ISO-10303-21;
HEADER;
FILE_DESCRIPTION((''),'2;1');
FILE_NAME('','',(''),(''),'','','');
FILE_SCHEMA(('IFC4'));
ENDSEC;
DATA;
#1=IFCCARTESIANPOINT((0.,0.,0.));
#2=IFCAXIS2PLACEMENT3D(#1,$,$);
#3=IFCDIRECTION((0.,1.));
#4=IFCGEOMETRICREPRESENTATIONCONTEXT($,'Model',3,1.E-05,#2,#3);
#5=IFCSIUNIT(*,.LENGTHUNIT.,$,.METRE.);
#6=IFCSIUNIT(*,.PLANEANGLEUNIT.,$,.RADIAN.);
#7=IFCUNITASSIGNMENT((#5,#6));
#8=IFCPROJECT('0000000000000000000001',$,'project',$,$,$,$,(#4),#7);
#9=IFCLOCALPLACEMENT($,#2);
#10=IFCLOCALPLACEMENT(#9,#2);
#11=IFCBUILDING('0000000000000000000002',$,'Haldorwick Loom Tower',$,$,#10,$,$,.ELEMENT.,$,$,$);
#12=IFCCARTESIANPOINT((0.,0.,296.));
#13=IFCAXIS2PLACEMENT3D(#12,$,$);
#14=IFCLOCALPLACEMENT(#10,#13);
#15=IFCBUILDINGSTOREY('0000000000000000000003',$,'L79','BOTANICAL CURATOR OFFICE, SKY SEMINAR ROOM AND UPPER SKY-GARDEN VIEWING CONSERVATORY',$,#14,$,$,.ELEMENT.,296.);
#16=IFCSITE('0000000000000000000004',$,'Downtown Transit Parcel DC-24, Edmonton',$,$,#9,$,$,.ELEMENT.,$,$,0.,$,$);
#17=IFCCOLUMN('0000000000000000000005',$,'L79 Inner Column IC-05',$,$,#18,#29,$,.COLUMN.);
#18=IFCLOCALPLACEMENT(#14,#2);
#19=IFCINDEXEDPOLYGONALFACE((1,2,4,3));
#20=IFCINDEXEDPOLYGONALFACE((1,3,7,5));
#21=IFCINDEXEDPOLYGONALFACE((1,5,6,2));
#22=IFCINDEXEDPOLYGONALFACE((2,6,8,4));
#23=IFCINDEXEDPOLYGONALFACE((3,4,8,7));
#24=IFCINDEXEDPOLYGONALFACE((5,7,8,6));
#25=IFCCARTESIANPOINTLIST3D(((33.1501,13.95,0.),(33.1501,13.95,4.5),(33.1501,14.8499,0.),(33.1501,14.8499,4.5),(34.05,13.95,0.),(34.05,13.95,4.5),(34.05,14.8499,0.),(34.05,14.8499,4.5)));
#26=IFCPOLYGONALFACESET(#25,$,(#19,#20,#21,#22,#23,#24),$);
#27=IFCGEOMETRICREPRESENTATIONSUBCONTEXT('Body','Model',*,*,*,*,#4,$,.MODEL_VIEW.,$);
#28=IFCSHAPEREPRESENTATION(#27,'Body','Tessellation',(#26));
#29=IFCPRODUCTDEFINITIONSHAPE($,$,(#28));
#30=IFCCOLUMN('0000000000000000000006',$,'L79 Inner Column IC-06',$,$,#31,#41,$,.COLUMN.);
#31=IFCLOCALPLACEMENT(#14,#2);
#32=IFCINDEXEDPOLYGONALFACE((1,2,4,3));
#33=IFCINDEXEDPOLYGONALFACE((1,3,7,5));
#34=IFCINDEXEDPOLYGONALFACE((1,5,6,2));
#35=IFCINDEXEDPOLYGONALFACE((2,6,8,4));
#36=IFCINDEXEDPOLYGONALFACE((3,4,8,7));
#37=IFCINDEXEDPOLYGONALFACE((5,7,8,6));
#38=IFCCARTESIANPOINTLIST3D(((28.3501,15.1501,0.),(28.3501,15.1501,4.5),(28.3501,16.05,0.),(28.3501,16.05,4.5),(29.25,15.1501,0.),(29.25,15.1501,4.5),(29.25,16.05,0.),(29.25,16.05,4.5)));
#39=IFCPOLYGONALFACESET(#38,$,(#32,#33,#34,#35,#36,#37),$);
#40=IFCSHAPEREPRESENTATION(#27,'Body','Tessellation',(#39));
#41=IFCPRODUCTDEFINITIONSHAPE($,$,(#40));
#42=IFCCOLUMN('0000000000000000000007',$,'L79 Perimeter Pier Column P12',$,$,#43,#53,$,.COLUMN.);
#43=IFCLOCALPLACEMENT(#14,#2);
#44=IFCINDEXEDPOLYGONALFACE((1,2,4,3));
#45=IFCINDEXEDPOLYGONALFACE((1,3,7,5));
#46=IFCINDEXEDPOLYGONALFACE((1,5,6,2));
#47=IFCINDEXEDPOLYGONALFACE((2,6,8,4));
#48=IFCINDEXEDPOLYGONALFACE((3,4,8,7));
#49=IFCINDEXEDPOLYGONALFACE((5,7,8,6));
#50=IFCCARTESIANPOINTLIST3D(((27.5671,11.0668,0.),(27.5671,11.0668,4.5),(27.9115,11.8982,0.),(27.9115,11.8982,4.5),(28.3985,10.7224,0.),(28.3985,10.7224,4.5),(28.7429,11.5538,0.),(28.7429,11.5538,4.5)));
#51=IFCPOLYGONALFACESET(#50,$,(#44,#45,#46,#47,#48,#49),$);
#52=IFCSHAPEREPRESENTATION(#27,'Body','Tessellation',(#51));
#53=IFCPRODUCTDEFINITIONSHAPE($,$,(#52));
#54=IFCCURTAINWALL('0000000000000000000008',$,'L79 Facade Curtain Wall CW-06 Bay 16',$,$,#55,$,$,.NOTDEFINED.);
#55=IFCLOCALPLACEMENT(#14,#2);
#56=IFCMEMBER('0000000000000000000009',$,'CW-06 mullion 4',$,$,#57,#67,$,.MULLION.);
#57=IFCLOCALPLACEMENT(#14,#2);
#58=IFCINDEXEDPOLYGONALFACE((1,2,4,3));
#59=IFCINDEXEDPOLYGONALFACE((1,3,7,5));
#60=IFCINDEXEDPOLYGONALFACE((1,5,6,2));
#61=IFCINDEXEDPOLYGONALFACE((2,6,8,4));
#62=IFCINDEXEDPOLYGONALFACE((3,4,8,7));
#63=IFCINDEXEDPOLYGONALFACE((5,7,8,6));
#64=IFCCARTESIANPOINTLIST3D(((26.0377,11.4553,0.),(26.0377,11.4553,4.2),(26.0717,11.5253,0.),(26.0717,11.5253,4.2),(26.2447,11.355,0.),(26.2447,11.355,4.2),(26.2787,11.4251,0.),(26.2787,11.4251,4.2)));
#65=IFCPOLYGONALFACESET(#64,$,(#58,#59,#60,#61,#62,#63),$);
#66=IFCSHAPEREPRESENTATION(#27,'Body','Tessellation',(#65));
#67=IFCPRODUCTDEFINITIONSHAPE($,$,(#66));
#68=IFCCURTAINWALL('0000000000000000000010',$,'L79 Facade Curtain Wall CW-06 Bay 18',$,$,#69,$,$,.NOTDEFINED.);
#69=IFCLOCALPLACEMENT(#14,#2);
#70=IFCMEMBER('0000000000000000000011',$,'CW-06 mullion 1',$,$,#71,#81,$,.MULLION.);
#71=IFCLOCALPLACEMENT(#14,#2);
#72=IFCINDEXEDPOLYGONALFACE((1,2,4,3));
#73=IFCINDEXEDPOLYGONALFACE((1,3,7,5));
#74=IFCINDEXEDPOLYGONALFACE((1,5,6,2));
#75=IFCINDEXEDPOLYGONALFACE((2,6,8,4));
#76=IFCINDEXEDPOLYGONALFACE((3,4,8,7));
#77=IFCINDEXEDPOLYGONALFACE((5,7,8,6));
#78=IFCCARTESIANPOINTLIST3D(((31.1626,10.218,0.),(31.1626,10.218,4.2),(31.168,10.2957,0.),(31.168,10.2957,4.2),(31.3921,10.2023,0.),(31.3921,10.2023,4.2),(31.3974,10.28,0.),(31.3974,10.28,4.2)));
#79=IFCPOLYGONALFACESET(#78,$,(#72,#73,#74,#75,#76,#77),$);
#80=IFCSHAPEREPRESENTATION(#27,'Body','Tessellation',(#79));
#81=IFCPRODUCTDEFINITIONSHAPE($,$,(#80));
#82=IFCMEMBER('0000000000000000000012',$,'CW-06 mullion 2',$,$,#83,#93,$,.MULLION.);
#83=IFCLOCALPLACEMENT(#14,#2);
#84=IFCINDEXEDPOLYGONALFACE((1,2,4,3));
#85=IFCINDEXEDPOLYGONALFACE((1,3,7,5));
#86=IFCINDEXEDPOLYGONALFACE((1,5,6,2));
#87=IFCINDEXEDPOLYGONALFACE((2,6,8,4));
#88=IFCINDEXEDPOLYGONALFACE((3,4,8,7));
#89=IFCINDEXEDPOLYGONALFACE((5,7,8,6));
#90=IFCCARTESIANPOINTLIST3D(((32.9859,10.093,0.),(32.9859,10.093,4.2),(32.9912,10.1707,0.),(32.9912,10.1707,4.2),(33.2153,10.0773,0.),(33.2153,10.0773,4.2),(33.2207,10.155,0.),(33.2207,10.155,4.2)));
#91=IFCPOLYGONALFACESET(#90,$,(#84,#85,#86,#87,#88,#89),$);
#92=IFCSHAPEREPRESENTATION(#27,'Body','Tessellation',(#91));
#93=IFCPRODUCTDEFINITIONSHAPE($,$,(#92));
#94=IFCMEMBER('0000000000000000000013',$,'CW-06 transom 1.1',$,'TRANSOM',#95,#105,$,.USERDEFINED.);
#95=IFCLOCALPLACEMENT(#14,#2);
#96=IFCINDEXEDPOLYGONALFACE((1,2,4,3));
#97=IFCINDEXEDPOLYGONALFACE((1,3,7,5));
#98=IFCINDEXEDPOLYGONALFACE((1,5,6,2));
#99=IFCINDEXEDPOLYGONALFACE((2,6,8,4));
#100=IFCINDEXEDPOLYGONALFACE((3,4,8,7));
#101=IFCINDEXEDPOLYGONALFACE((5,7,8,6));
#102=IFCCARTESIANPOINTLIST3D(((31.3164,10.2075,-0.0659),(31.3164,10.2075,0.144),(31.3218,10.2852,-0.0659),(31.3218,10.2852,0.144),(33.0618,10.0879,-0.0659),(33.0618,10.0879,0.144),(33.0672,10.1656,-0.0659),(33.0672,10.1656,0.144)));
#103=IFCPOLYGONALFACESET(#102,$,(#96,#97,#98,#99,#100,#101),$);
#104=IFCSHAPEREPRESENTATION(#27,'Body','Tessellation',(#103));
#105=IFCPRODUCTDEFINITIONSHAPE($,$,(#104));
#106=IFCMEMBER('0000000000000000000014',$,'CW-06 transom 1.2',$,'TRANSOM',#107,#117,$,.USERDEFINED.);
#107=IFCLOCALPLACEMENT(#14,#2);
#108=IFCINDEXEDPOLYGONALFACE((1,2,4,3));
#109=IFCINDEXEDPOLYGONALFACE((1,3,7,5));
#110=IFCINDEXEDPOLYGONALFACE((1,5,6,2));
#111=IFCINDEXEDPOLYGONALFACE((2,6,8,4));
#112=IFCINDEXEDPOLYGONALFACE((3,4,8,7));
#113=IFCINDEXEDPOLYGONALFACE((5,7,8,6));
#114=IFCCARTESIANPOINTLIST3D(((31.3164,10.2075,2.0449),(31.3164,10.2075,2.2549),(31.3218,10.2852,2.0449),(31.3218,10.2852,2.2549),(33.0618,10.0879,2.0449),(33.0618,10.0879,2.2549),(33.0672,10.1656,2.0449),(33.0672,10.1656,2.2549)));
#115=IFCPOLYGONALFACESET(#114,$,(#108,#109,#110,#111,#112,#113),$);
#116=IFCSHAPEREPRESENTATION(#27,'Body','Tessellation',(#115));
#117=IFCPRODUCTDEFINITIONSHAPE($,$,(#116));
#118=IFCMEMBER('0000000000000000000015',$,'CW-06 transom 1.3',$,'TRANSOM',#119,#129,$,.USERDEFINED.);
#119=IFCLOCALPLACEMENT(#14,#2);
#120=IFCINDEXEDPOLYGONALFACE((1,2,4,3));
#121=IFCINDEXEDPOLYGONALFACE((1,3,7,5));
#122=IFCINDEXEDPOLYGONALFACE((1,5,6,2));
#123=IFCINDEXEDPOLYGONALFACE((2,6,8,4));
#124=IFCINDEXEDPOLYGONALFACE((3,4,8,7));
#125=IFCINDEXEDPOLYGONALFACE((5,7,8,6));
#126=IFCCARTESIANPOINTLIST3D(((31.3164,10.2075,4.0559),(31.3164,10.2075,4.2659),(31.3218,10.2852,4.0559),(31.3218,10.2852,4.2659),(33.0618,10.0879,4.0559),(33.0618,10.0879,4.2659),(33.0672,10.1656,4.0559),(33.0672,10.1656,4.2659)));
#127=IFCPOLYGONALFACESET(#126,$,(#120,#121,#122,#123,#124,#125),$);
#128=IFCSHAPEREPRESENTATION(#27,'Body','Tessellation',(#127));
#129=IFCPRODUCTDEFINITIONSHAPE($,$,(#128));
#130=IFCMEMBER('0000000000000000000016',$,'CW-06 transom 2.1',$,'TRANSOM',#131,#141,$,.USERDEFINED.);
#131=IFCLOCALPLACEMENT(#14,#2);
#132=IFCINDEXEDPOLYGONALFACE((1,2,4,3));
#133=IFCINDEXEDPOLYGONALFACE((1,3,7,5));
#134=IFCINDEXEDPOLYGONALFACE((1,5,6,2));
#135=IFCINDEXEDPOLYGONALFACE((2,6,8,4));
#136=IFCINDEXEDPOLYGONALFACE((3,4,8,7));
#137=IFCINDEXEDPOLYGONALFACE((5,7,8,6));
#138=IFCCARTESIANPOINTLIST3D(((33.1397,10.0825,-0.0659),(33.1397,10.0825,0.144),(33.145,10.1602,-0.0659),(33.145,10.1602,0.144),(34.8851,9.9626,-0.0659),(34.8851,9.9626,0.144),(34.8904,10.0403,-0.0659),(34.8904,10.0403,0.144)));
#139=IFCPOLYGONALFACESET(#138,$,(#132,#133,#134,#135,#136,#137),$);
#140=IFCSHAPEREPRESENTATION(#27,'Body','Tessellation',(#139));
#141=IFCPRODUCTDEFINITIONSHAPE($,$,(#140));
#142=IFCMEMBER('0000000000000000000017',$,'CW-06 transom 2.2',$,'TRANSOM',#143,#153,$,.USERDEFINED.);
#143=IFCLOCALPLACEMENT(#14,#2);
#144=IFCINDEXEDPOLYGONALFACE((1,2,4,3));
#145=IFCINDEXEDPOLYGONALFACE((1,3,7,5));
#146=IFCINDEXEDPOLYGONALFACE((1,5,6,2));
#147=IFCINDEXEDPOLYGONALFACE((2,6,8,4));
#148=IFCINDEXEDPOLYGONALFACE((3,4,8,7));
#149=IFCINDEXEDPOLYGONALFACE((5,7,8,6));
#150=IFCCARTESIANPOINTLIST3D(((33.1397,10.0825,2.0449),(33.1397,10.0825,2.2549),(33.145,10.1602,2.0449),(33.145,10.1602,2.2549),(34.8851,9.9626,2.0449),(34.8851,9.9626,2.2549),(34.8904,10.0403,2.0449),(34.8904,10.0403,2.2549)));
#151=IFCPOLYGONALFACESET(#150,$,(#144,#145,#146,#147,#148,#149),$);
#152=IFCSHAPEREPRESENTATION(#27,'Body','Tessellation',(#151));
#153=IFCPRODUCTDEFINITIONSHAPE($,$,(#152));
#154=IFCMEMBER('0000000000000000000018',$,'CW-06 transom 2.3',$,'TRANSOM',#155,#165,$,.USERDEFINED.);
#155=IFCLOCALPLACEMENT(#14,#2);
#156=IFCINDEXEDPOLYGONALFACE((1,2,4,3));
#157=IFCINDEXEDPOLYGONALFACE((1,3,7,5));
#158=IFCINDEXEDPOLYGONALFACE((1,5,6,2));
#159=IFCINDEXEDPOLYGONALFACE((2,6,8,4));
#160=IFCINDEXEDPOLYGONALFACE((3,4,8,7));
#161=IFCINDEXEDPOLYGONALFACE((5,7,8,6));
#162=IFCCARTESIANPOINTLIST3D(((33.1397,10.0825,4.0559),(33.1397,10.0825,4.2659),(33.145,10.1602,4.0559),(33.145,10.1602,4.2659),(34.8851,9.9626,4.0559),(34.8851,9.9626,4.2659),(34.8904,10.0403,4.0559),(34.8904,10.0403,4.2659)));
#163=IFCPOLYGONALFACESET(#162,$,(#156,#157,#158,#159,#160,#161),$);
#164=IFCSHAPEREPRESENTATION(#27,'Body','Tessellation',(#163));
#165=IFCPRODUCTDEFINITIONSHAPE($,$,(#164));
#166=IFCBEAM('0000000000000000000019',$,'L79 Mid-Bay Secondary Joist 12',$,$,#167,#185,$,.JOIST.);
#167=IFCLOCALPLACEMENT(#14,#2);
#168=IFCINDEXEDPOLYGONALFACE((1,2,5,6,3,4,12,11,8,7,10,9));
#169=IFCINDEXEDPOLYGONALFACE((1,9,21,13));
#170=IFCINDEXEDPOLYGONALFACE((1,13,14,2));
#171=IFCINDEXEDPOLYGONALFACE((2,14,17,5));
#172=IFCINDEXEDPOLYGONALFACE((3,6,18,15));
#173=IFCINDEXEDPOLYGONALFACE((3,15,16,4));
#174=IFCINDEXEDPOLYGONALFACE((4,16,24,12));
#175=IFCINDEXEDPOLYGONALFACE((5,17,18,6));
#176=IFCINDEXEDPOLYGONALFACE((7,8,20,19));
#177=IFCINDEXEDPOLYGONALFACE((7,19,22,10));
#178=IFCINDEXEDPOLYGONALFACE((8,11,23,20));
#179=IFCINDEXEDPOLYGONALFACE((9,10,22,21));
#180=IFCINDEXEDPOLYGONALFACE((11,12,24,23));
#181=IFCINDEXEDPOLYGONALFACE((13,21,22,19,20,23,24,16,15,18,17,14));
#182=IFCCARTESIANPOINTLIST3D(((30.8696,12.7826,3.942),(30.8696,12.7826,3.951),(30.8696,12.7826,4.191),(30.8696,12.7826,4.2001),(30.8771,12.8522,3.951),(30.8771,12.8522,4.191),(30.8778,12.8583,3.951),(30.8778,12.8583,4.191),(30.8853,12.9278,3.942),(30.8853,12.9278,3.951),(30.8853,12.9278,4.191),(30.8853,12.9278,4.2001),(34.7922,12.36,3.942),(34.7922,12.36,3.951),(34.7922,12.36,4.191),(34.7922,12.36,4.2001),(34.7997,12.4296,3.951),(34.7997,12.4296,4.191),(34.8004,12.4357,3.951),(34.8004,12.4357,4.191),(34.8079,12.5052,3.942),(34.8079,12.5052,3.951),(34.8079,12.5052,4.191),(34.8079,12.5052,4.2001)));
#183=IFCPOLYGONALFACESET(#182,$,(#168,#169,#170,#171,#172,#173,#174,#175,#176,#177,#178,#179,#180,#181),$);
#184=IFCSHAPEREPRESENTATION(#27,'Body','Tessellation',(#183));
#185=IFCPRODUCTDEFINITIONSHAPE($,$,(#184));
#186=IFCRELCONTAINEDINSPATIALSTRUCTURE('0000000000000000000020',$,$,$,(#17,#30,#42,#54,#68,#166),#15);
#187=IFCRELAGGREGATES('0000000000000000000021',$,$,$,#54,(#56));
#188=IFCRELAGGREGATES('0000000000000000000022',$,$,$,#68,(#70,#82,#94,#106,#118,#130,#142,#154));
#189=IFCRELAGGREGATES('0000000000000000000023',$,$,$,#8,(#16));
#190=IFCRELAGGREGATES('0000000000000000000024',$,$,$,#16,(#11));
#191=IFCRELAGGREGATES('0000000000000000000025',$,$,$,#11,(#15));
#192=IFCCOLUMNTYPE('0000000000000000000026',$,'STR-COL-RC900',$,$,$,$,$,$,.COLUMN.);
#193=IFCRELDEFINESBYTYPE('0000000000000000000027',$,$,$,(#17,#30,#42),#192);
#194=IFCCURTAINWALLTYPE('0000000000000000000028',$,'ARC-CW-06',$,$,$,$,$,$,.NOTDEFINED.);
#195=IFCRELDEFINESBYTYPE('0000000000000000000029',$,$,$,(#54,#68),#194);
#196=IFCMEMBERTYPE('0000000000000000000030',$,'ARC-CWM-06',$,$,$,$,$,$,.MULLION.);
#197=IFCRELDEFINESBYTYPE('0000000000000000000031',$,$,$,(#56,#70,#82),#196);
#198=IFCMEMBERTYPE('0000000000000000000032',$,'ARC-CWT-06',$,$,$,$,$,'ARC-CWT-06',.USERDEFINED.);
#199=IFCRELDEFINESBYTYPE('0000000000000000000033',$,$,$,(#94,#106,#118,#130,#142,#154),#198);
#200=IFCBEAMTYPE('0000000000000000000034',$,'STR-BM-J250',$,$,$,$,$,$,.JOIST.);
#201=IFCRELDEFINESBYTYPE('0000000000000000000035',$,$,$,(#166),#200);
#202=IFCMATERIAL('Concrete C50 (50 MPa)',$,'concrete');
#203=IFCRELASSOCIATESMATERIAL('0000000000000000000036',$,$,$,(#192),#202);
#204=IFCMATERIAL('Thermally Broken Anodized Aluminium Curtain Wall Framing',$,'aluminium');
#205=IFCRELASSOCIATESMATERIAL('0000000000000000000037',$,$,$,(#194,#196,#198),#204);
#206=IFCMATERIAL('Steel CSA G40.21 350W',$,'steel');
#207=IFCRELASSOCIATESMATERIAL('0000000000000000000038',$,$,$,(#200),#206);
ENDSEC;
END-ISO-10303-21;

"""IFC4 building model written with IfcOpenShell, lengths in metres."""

from ifc_helpers import new_model, si_unit, direction, frame, origin, origin_2d, place, context, subcontext, project, spatial, rectangle, i_section, extrude, material, material_profile, profile_set, type_object, element, aggregate, save


model = new_model("IFC4")

# Units and contexts
model_context = context("Model", 3, precision=1e-05, world=origin(), true_north=direction((0.0, 1.0)))
body_context = subcontext(model_context, "Body", "Model", "MODEL_VIEW")
ifc_project = project(units=[si_unit("LENGTHUNIT", "METRE"), si_unit("PLANEANGLEUNIT", "RADIAN")], contexts=[model_context])

# Site, building, storey
site_placement = place(None, origin())
site = spatial("IfcSite", under=ifc_project, at=site_placement, Name="Downtown Transit Parcel DC-24, Edmonton", CompositionType="ELEMENT", RefElevation=0.0)
building_placement = place(site_placement, origin())
building = spatial("IfcBuilding", under=site, at=building_placement, Name="Haldorwick Loom Tower", CompositionType="ELEMENT")
storey_placement = place(building_placement, frame((0.0, 0.0, 296.0)))
storey = spatial("IfcBuildingStorey", under=building, at=storey_placement, Name="L79", Description="BOTANICAL CURATOR OFFICE, SKY SEMINAR ROOM AND UPPER SKY-GARDEN VIEWING CONSERVATORY", CompositionType="ELEMENT", Elevation=296.0)

# Columns
ifc_material_1 = material(Name="Concrete C50 (50 MPa)", Category="concrete")
ifc_material_profile_1 = material_profile(ifc_material_1, rectangle(XDim=0.8999, YDim=0.8999, at=origin_2d()), Name="RC900X900", Category="concrete")
ifc_profile_set_1 = profile_set([ifc_material_profile_1], Name="Concrete C50 (50 MPa)")
column_type = type_object("IfcColumnType", Name="STR-COL-RC900", PredefinedType="COLUMN", material=ifc_profile_set_1)
for number, where, z_axis, x_axis, name in (
    (1, (33.6001, 14.3999, 0.0), (0.0, 0.0, 1.0), (1.0, 0.0, 0.0), "L79 Inner Column IC-05"),
    (2, (28.8, 15.6001, 0.0), (0.0, 0.0, 1.0), (1.0, 0.0, 0.0), "L79 Inner Column IC-06"),
    (3, (28.155, 11.3103, 0.0), (0.0, 0.0, 1.0), (-0.382683, -0.92388, 0.0), "L79 Perimeter Pier Column P12"),
):
    element("IfcColumn", number, at=place(storey_placement, frame(where, z_axis=z_axis, x_axis=x_axis)), inside=storey, type_object=column_type, Name=name, PredefinedType="COLUMN", context=body_context, shape_type="SweptSolid", body=[
        extrude(rectangle(XDim=0.8999, YDim=0.8999, at=origin_2d()), origin(), (0.0, 0.0, 1.0), 4.5),
    ])

# Curtain wall, member
ifc_material_2 = material(Name="Thermally Broken Anodized Aluminium Curtain Wall Framing", Category="aluminium")
curtain_wall_type = type_object("IfcCurtainWallType", Name="ARC-CW-06", PredefinedType="NOTDEFINED", material=ifc_material_2)
curtain_wall_1_placement = place(storey_placement, origin())
curtain_wall_1 = element("IfcCurtainWall", 4, at=curtain_wall_1_placement, inside=storey, type_object=curtain_wall_type, Name="L79 Facade Curtain Wall CW-06 Bay 16", PredefinedType="NOTDEFINED")
ifc_material_profile_2 = material_profile(ifc_material_2, rectangle(XDim=0.0779, YDim=0.23, at=origin_2d()), Name="ALU_MUL_78X230", Category="aluminium")
ifc_profile_set_2 = profile_set([ifc_material_profile_2], Name="Thermally Broken Anodized Aluminium Curtain Wall Framing")
member_type_1 = type_object("IfcMemberType", Name="ARC-CWM-06", PredefinedType="MULLION", material=ifc_profile_set_2)
member_1_placement = place(storey_placement, frame((26.1582, 11.4402, 0.0), z_axis=(0.0, 0.0, 1.0), x_axis=(0.435824, 0.900032, 0.0)))
member_1 = element("IfcMember", 5, at=member_1_placement, type_object=member_type_1, Name="CW-06 mullion 4", PredefinedType="MULLION", context=body_context, shape_type="SweptSolid", body=[
    extrude(rectangle(XDim=0.0779, YDim=0.23, at=origin_2d()), origin(), (0.0, 0.0, 1.0), 4.2),
])

# Curtain wall, members
curtain_wall_2_placement = place(storey_placement, origin())
curtain_wall_2 = element("IfcCurtainWall", 6, at=curtain_wall_2_placement, inside=storey, type_object=curtain_wall_type, Name="L79 Facade Curtain Wall CW-06 Bay 18", PredefinedType="NOTDEFINED")
member_2_placement = place(storey_placement, frame((31.28, 10.249, 0.0), z_axis=(0.0, 0.0, 1.0), x_axis=(0.068469, 0.997653, 0.0)))
member_2 = element("IfcMember", 7, at=member_2_placement, type_object=member_type_1, Name="CW-06 mullion 1", PredefinedType="MULLION", context=body_context, shape_type="SweptSolid", body=[
    extrude(rectangle(XDim=0.0779, YDim=0.23, at=origin_2d()), origin(), (0.0, 0.0, 1.0), 4.2),
])
member_3_placement = place(storey_placement, frame((33.1033, 10.124, 0.0), z_axis=(0.0, 0.0, 1.0), x_axis=(0.068469, 0.997653, 0.0)))
member_3 = element("IfcMember", 8, at=member_3_placement, type_object=member_type_1, Name="CW-06 mullion 2", PredefinedType="MULLION", context=body_context, shape_type="SweptSolid", body=[
    extrude(rectangle(XDim=0.0779, YDim=0.23, at=origin_2d()), origin(), (0.0, 0.0, 1.0), 4.2),
])
ifc_material_profile_3 = material_profile(ifc_material_2, rectangle(XDim=0.0779, YDim=0.21, at=origin_2d()), Name="ALU_TRN_78X210", Category="aluminium")
ifc_profile_set_3 = profile_set([ifc_material_profile_3], Name="Thermally Broken Anodized Aluminium Curtain Wall Framing")
member_type_2 = type_object("IfcMemberType", Name="ARC-CWT-06", ElementType="ARC-CWT-06", PredefinedType="USERDEFINED", material=ifc_profile_set_3)
member_4_placement = place(storey_placement, frame((31.3191, 10.2463, 0.0391), z_axis=(0.997659, -0.068381, 0.0), x_axis=(0.068381, 0.997659, 0.0)))
member_4 = element("IfcMember", 9, at=member_4_placement, type_object=member_type_2, Name="CW-06 transom 1.1", ObjectType="TRANSOM", PredefinedType="USERDEFINED", context=body_context, shape_type="SweptSolid", body=[
    extrude(rectangle(XDim=0.0779, YDim=0.21, at=origin_2d()), origin(), (0.0, 0.0, 1.0), 1.7495),
])
member_5_placement = place(storey_placement, frame((31.3191, 10.2463, 2.1499), z_axis=(0.997659, -0.068381, 0.0), x_axis=(0.068381, 0.997659, 0.0)))
member_5 = element("IfcMember", 10, at=member_5_placement, type_object=member_type_2, Name="CW-06 transom 1.2", ObjectType="TRANSOM", PredefinedType="USERDEFINED", context=body_context, shape_type="SweptSolid", body=[
    extrude(rectangle(XDim=0.0779, YDim=0.21, at=origin_2d()), origin(), (0.0, 0.0, 1.0), 1.7495),
])
member_6_placement = place(storey_placement, frame((31.3191, 10.2463, 4.1609), z_axis=(0.997659, -0.068381, 0.0), x_axis=(0.068381, 0.997659, 0.0)))
member_6 = element("IfcMember", 11, at=member_6_placement, type_object=member_type_2, Name="CW-06 transom 1.3", ObjectType="TRANSOM", PredefinedType="USERDEFINED", context=body_context, shape_type="SweptSolid", body=[
    extrude(rectangle(XDim=0.0779, YDim=0.21, at=origin_2d()), origin(), (0.0, 0.0, 1.0), 1.7495),
])
member_7_placement = place(storey_placement, frame((33.1423, 10.1213, 0.0391), z_axis=(0.99765, -0.06852, 0.0), x_axis=(0.06852, 0.99765, 0.0)))
member_7 = element("IfcMember", 12, at=member_7_placement, type_object=member_type_2, Name="CW-06 transom 2.1", ObjectType="TRANSOM", PredefinedType="USERDEFINED", context=body_context, shape_type="SweptSolid", body=[
    extrude(rectangle(XDim=0.0779, YDim=0.21, at=origin_2d()), origin(), (0.0, 0.0, 1.0), 1.7495),
])
member_8_placement = place(storey_placement, frame((33.1423, 10.1213, 2.1499), z_axis=(0.99765, -0.06852, 0.0), x_axis=(0.06852, 0.99765, 0.0)))
member_8 = element("IfcMember", 13, at=member_8_placement, type_object=member_type_2, Name="CW-06 transom 2.2", ObjectType="TRANSOM", PredefinedType="USERDEFINED", context=body_context, shape_type="SweptSolid", body=[
    extrude(rectangle(XDim=0.0779, YDim=0.21, at=origin_2d()), origin(), (0.0, 0.0, 1.0), 1.7495),
])
member_9_placement = place(storey_placement, frame((33.1423, 10.1213, 4.1609), z_axis=(0.99765, -0.06852, 0.0), x_axis=(0.06852, 0.99765, 0.0)))
member_9 = element("IfcMember", 14, at=member_9_placement, type_object=member_type_2, Name="CW-06 transom 2.3", ObjectType="TRANSOM", PredefinedType="USERDEFINED", context=body_context, shape_type="SweptSolid", body=[
    extrude(rectangle(XDim=0.0779, YDim=0.21, at=origin_2d()), origin(), (0.0, 0.0, 1.0), 1.7495),
])

# Beam
ifc_material_3 = material(Name="Steel CSA G40.21 350W", Category="steel")
ifc_material_profile_4 = material_profile(ifc_material_3, i_section(OverallWidth=0.146, OverallDepth=0.2581, WebThickness=0.0061, FlangeThickness=0.009, at=origin_2d()), Name="W250X33", Category="steel")
ifc_profile_set_4 = profile_set([ifc_material_profile_4], Name="Steel CSA G40.21 350W")
beam_type_1 = type_object("IfcBeamType", Name="STR-BM-J250", PredefinedType="JOIST", material=ifc_profile_set_4)
beam_1_placement = place(storey_placement, frame((30.8774, 12.8552, 4.071), z_axis=(0.994246, -0.107116, 0.0), x_axis=(0.107116, 0.994246, 0.0)))
element("IfcBeam", 15, at=beam_1_placement, inside=storey, type_object=beam_type_1, Name="L79 Mid-Bay Secondary Joist 12", PredefinedType="JOIST", context=body_context, shape_type="SweptSolid", body=[
    extrude(i_section(OverallWidth=0.146, OverallDepth=0.2581, WebThickness=0.0061, FlangeThickness=0.009, at=origin_2d()), origin(), (0.0, 0.0, 1.0), 3.9453),
])

aggregate(curtain_wall_1, [member_1])
aggregate(curtain_wall_2, [member_2, member_3, member_4, member_5, member_6, member_7, member_8, member_9])

save(model, "model.ifc")
